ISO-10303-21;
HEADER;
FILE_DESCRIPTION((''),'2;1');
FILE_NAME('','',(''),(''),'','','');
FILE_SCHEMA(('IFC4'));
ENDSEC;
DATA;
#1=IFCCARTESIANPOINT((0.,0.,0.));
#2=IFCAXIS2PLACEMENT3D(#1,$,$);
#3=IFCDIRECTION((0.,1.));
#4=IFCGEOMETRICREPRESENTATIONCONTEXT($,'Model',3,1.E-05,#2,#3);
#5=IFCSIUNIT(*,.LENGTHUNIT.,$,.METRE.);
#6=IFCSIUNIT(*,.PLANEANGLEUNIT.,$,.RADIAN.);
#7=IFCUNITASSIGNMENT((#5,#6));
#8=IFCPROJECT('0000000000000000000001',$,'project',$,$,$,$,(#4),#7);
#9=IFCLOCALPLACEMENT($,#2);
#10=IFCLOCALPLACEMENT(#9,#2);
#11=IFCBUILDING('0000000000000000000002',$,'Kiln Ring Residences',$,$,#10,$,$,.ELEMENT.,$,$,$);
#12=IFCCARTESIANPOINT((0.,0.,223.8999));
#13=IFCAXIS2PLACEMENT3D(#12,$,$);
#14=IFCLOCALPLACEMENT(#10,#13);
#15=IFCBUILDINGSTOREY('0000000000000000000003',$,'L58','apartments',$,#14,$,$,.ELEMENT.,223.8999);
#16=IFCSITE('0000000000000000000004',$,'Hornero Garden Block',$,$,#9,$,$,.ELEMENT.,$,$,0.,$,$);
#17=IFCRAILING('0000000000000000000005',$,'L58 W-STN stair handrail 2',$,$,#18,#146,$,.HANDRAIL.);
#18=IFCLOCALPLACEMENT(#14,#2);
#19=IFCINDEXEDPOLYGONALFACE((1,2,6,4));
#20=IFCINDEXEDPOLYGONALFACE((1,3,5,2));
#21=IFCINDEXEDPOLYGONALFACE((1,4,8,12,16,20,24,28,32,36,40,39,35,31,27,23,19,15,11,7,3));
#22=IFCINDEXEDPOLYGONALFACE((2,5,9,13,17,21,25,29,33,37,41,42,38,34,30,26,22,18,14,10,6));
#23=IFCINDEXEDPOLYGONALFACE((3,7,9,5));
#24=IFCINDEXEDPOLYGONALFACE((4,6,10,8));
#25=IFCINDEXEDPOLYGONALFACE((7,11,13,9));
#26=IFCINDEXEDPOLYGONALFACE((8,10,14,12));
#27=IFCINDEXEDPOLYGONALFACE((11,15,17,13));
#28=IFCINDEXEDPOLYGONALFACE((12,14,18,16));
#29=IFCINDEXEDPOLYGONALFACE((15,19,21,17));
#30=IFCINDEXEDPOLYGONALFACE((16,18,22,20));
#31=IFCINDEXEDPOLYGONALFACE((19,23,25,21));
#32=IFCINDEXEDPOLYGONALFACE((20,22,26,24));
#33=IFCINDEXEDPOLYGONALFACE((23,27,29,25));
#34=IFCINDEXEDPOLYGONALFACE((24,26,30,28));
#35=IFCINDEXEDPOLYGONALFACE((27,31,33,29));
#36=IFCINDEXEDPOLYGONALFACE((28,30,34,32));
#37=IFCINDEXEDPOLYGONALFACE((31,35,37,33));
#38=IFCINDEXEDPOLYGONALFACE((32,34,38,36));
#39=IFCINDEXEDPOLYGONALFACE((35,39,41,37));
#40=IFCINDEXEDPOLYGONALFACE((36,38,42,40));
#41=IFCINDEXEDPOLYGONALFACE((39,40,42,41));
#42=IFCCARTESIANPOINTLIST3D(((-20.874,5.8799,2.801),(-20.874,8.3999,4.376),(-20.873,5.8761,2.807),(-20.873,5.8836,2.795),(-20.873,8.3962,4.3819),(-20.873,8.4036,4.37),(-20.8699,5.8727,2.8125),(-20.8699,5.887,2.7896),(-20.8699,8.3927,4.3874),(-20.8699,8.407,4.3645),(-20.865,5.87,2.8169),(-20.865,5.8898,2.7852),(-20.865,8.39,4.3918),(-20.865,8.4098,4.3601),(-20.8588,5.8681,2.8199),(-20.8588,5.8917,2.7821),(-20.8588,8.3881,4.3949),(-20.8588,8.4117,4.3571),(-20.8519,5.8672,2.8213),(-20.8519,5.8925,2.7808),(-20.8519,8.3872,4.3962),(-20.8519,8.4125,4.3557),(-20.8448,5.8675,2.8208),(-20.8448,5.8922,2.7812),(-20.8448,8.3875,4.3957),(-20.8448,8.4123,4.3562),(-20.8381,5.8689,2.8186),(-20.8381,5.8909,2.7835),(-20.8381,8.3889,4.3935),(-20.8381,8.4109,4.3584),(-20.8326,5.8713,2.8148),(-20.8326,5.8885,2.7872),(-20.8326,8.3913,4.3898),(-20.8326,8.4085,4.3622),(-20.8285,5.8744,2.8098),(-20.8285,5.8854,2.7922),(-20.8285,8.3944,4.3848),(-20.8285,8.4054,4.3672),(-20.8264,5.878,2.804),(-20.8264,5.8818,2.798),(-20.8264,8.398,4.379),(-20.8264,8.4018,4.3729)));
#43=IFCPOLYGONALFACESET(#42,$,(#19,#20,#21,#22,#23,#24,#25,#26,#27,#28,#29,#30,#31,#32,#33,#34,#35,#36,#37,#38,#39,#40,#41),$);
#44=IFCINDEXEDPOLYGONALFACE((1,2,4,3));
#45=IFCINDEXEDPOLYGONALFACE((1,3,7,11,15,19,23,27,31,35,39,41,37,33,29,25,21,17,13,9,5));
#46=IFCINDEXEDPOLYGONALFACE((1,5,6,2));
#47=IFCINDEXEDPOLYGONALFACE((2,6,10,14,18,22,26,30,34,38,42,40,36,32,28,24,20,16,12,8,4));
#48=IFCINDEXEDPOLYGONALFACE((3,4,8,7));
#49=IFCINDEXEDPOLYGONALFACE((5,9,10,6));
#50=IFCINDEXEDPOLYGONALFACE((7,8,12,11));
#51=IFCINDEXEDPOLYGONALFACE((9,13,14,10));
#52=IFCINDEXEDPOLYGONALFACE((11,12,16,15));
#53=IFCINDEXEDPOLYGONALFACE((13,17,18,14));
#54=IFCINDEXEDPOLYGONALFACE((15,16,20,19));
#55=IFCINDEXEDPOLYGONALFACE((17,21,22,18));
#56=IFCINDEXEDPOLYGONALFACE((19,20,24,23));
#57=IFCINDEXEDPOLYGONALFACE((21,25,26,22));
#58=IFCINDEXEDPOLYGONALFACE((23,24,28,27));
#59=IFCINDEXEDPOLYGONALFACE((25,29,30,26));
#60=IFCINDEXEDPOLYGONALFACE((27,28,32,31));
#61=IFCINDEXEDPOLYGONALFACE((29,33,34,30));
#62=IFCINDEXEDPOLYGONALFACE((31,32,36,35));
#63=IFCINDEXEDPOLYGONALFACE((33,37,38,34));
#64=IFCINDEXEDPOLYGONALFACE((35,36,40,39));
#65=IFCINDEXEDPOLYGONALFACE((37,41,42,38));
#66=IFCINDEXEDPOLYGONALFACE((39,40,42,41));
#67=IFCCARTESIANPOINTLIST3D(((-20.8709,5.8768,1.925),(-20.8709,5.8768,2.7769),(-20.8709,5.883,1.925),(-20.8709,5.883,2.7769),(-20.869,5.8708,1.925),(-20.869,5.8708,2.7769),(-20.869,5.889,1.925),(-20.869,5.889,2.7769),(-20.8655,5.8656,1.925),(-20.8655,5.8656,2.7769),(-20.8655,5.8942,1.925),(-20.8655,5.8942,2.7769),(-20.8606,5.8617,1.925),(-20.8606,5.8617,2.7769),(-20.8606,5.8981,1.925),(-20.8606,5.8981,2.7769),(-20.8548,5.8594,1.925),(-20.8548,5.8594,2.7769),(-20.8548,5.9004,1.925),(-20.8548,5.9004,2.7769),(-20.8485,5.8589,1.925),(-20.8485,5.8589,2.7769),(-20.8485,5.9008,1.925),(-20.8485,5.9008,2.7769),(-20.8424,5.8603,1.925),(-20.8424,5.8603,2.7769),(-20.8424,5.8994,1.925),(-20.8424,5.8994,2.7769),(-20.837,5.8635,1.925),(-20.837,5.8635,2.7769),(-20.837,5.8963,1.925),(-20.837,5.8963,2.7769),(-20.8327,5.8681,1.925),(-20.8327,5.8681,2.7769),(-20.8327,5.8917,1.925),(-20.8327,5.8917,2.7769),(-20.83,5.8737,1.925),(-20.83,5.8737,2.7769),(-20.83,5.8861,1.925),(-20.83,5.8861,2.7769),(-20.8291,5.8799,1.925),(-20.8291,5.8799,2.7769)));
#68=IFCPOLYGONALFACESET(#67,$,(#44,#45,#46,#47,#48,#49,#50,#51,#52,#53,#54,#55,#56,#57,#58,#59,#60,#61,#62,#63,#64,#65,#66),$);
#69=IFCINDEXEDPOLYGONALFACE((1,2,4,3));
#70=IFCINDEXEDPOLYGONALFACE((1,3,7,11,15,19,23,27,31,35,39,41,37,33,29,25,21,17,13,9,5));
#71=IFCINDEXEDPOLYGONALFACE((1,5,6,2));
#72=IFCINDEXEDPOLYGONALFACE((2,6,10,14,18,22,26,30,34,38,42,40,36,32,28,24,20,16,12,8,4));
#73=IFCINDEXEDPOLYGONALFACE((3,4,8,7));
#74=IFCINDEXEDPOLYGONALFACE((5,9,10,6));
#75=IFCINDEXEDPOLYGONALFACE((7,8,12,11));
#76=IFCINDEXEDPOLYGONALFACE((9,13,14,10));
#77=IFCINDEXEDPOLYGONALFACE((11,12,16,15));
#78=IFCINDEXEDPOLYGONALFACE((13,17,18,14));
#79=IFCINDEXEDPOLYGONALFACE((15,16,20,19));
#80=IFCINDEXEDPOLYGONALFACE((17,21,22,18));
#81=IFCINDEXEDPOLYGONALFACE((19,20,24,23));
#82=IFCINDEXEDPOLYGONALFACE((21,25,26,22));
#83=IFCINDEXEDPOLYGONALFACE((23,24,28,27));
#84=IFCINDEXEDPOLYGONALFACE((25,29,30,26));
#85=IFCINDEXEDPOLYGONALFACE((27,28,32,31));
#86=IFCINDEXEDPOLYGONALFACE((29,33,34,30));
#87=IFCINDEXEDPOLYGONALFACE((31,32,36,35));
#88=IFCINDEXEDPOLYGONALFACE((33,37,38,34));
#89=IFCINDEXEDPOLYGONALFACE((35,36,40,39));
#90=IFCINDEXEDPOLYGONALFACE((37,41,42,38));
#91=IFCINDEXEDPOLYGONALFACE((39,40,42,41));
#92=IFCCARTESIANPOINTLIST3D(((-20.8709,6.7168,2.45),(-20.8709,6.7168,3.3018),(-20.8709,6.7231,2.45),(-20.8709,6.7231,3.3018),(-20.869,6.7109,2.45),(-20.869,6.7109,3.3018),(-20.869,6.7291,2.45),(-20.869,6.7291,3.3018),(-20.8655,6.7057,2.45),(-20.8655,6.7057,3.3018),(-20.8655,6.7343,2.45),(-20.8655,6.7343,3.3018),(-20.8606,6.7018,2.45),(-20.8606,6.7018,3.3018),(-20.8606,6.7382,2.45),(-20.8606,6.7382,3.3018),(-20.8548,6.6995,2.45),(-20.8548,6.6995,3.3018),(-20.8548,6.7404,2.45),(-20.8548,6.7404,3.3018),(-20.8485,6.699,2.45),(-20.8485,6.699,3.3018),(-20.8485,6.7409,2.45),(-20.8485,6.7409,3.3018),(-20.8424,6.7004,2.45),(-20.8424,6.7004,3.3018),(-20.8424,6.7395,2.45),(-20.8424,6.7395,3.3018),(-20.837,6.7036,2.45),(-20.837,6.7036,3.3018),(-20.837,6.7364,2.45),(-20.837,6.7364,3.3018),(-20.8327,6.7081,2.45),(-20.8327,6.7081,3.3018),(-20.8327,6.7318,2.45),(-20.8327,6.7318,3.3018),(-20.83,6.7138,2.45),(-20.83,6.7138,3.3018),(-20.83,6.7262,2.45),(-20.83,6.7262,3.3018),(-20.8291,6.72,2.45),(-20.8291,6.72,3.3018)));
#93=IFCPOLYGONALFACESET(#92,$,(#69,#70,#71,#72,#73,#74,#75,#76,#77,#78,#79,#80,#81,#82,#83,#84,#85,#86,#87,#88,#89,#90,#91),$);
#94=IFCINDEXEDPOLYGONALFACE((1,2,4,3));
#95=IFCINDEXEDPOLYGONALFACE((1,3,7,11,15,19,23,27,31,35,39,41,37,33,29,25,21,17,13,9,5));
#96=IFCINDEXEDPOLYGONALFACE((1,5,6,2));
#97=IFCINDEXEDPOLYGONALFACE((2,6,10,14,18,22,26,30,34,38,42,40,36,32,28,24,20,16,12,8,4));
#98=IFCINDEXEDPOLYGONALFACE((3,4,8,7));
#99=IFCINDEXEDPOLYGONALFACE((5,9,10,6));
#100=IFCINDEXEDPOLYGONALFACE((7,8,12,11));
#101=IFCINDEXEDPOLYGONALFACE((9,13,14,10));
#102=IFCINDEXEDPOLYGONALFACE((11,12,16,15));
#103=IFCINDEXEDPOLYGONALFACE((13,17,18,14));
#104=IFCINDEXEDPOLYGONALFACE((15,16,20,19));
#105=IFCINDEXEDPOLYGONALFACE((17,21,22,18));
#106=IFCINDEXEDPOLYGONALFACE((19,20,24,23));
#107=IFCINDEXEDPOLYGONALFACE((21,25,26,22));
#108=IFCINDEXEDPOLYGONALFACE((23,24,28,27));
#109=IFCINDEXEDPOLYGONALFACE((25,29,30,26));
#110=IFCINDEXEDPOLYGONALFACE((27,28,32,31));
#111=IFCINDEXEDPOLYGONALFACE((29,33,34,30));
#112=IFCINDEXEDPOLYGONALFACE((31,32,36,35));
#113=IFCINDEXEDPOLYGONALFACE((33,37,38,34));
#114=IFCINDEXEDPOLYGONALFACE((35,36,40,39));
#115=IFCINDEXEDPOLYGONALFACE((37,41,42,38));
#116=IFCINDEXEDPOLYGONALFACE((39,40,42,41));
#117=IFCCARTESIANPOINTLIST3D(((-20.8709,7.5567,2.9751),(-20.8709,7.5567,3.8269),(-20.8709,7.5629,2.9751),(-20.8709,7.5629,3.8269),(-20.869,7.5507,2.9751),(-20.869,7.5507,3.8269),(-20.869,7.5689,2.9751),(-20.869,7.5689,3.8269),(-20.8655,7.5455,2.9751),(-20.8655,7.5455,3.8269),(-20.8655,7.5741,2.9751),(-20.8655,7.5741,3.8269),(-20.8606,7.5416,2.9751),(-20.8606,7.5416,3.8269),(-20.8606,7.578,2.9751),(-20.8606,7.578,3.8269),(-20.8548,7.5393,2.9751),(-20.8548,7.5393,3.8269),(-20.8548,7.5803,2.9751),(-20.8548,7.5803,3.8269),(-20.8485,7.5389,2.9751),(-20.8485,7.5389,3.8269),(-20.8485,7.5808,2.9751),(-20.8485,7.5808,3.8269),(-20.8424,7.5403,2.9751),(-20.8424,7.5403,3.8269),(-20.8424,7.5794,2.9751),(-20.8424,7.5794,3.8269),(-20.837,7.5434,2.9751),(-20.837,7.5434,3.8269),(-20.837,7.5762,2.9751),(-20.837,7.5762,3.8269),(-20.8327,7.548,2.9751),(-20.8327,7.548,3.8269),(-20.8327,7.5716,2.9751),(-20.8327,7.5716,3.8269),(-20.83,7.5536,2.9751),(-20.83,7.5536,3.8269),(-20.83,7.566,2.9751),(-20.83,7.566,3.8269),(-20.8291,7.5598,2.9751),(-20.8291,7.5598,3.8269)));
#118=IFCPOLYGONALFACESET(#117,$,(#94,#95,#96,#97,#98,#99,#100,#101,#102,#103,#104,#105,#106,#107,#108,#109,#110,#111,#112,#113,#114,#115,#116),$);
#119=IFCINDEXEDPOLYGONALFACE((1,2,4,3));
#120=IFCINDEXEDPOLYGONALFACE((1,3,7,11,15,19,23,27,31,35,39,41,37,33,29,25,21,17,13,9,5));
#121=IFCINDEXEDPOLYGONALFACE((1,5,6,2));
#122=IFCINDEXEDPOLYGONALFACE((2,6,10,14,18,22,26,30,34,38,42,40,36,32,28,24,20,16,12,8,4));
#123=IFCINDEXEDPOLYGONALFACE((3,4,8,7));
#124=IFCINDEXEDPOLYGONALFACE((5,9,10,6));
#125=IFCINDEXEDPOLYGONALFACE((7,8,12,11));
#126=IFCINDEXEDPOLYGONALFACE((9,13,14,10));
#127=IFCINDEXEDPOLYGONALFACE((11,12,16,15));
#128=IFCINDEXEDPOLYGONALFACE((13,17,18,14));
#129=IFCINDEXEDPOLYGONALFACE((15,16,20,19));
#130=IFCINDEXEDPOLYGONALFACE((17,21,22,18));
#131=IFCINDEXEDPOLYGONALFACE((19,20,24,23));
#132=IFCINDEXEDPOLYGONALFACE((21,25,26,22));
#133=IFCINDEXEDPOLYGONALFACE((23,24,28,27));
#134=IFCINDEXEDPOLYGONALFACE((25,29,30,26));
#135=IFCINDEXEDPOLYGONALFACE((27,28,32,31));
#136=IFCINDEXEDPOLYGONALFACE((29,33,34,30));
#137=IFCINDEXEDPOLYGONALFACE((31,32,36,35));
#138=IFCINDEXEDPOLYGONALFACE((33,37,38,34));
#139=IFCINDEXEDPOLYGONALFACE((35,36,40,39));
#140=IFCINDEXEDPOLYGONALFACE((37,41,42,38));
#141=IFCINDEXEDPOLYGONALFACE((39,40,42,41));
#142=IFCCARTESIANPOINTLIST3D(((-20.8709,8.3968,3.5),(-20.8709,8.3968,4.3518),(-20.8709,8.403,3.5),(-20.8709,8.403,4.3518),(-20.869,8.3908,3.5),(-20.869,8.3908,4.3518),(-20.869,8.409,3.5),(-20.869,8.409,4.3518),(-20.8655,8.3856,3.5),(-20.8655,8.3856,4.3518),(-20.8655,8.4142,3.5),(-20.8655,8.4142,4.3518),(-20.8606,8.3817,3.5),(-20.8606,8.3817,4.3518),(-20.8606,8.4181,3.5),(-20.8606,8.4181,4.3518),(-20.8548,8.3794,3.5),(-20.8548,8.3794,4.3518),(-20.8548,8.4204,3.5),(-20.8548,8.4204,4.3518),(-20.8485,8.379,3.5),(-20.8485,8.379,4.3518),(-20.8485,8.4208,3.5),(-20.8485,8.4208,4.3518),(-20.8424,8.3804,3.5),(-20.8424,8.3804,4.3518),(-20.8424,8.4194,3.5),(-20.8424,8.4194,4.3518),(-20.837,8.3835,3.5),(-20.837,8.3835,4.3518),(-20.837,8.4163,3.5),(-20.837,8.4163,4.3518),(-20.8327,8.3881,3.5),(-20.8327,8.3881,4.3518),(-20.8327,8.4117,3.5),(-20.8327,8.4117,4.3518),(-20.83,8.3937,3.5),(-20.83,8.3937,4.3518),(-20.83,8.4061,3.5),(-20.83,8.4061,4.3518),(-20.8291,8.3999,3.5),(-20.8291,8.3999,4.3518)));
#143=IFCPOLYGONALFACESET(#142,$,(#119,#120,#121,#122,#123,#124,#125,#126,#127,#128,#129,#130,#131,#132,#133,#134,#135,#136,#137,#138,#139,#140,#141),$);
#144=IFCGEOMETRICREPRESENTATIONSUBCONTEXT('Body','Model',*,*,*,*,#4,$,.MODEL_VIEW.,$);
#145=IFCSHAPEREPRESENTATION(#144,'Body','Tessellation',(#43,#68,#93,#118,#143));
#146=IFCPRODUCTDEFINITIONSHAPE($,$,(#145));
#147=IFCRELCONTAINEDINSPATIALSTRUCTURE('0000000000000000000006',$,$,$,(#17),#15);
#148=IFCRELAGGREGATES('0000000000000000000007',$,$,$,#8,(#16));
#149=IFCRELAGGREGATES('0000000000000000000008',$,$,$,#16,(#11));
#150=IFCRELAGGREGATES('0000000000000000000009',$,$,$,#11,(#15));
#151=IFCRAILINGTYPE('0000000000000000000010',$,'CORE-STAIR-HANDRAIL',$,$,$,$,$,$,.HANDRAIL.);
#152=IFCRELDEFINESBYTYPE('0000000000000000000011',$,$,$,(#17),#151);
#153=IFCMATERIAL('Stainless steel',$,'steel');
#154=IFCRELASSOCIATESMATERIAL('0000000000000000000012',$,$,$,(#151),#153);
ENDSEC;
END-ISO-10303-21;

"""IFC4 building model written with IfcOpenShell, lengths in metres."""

from ifc_helpers import new_model, si_unit, direction, frame, origin, origin_2d, place, context, subcontext, project, spatial, circle, extrude, material, type_object, element, save


model = new_model("IFC4")

# Units and contexts
model_context = context("Model", 3, precision=1e-05, world=origin(), true_north=direction((0.0, 1.0)))
body_context = subcontext(model_context, "Body", "Model", "MODEL_VIEW")
ifc_project = project(units=[si_unit("LENGTHUNIT", "METRE"), si_unit("PLANEANGLEUNIT", "RADIAN")], contexts=[model_context])

# Site, building, storey
site_placement = place(None, origin())
site = spatial("IfcSite", under=ifc_project, at=site_placement, Name="Hornero Garden Block", CompositionType="ELEMENT", RefElevation=0.0)
building_placement = place(site_placement, origin())
building = spatial("IfcBuilding", under=site, at=building_placement, Name="Kiln Ring Residences", CompositionType="ELEMENT")
storey_placement = place(building_placement, frame((0.0, 0.0, 223.8999)))
storey = spatial("IfcBuildingStorey", under=building, at=storey_placement, Name="L58", Description="apartments", CompositionType="ELEMENT", Elevation=223.8999)

# Railing
ifc_material_1 = material(Name="Stainless steel", Category="steel")
railing_type_1 = type_object("IfcRailingType", Name="CORE-STAIR-HANDRAIL", PredefinedType="HANDRAIL", material=ifc_material_1)
railing_1_placement = place(storey_placement, frame((-20.8501, 5.8799, 1.925)))
element("IfcRailing", 1, at=railing_1_placement, inside=storey, type_object=railing_type_1, Name="L58 W-STN stair handrail 2", PredefinedType="HANDRAIL", context=body_context, shape_type="SweptSolid", body=[
    extrude(circle(Radius=0.0239, at=origin_2d()), frame((0.0, 0.0, 0.876), z_axis=(0.0, 0.848008, 0.529984), x_axis=(-1.0, 0.0, 0.0)), (0.0, 0.0, 1.0), 2.9717),
    extrude(circle(Radius=0.021, at=origin_2d()), origin(), (0.0, 0.0, 1.0), 0.8518),
    extrude(circle(Radius=0.021, at=origin_2d()), frame((0.0, 0.8401, 0.5249)), (0.0, 0.0, 1.0), 0.8518),
    extrude(circle(Radius=0.021, at=origin_2d()), frame((0.0, 1.6799, 1.05)), (0.0, 0.0, 1.0), 0.8518),
    extrude(circle(Radius=0.021, at=origin_2d()), frame((0.0, 2.52, 1.575)), (0.0, 0.0, 1.0), 0.8518),
])

save(model, "model.ifc")
